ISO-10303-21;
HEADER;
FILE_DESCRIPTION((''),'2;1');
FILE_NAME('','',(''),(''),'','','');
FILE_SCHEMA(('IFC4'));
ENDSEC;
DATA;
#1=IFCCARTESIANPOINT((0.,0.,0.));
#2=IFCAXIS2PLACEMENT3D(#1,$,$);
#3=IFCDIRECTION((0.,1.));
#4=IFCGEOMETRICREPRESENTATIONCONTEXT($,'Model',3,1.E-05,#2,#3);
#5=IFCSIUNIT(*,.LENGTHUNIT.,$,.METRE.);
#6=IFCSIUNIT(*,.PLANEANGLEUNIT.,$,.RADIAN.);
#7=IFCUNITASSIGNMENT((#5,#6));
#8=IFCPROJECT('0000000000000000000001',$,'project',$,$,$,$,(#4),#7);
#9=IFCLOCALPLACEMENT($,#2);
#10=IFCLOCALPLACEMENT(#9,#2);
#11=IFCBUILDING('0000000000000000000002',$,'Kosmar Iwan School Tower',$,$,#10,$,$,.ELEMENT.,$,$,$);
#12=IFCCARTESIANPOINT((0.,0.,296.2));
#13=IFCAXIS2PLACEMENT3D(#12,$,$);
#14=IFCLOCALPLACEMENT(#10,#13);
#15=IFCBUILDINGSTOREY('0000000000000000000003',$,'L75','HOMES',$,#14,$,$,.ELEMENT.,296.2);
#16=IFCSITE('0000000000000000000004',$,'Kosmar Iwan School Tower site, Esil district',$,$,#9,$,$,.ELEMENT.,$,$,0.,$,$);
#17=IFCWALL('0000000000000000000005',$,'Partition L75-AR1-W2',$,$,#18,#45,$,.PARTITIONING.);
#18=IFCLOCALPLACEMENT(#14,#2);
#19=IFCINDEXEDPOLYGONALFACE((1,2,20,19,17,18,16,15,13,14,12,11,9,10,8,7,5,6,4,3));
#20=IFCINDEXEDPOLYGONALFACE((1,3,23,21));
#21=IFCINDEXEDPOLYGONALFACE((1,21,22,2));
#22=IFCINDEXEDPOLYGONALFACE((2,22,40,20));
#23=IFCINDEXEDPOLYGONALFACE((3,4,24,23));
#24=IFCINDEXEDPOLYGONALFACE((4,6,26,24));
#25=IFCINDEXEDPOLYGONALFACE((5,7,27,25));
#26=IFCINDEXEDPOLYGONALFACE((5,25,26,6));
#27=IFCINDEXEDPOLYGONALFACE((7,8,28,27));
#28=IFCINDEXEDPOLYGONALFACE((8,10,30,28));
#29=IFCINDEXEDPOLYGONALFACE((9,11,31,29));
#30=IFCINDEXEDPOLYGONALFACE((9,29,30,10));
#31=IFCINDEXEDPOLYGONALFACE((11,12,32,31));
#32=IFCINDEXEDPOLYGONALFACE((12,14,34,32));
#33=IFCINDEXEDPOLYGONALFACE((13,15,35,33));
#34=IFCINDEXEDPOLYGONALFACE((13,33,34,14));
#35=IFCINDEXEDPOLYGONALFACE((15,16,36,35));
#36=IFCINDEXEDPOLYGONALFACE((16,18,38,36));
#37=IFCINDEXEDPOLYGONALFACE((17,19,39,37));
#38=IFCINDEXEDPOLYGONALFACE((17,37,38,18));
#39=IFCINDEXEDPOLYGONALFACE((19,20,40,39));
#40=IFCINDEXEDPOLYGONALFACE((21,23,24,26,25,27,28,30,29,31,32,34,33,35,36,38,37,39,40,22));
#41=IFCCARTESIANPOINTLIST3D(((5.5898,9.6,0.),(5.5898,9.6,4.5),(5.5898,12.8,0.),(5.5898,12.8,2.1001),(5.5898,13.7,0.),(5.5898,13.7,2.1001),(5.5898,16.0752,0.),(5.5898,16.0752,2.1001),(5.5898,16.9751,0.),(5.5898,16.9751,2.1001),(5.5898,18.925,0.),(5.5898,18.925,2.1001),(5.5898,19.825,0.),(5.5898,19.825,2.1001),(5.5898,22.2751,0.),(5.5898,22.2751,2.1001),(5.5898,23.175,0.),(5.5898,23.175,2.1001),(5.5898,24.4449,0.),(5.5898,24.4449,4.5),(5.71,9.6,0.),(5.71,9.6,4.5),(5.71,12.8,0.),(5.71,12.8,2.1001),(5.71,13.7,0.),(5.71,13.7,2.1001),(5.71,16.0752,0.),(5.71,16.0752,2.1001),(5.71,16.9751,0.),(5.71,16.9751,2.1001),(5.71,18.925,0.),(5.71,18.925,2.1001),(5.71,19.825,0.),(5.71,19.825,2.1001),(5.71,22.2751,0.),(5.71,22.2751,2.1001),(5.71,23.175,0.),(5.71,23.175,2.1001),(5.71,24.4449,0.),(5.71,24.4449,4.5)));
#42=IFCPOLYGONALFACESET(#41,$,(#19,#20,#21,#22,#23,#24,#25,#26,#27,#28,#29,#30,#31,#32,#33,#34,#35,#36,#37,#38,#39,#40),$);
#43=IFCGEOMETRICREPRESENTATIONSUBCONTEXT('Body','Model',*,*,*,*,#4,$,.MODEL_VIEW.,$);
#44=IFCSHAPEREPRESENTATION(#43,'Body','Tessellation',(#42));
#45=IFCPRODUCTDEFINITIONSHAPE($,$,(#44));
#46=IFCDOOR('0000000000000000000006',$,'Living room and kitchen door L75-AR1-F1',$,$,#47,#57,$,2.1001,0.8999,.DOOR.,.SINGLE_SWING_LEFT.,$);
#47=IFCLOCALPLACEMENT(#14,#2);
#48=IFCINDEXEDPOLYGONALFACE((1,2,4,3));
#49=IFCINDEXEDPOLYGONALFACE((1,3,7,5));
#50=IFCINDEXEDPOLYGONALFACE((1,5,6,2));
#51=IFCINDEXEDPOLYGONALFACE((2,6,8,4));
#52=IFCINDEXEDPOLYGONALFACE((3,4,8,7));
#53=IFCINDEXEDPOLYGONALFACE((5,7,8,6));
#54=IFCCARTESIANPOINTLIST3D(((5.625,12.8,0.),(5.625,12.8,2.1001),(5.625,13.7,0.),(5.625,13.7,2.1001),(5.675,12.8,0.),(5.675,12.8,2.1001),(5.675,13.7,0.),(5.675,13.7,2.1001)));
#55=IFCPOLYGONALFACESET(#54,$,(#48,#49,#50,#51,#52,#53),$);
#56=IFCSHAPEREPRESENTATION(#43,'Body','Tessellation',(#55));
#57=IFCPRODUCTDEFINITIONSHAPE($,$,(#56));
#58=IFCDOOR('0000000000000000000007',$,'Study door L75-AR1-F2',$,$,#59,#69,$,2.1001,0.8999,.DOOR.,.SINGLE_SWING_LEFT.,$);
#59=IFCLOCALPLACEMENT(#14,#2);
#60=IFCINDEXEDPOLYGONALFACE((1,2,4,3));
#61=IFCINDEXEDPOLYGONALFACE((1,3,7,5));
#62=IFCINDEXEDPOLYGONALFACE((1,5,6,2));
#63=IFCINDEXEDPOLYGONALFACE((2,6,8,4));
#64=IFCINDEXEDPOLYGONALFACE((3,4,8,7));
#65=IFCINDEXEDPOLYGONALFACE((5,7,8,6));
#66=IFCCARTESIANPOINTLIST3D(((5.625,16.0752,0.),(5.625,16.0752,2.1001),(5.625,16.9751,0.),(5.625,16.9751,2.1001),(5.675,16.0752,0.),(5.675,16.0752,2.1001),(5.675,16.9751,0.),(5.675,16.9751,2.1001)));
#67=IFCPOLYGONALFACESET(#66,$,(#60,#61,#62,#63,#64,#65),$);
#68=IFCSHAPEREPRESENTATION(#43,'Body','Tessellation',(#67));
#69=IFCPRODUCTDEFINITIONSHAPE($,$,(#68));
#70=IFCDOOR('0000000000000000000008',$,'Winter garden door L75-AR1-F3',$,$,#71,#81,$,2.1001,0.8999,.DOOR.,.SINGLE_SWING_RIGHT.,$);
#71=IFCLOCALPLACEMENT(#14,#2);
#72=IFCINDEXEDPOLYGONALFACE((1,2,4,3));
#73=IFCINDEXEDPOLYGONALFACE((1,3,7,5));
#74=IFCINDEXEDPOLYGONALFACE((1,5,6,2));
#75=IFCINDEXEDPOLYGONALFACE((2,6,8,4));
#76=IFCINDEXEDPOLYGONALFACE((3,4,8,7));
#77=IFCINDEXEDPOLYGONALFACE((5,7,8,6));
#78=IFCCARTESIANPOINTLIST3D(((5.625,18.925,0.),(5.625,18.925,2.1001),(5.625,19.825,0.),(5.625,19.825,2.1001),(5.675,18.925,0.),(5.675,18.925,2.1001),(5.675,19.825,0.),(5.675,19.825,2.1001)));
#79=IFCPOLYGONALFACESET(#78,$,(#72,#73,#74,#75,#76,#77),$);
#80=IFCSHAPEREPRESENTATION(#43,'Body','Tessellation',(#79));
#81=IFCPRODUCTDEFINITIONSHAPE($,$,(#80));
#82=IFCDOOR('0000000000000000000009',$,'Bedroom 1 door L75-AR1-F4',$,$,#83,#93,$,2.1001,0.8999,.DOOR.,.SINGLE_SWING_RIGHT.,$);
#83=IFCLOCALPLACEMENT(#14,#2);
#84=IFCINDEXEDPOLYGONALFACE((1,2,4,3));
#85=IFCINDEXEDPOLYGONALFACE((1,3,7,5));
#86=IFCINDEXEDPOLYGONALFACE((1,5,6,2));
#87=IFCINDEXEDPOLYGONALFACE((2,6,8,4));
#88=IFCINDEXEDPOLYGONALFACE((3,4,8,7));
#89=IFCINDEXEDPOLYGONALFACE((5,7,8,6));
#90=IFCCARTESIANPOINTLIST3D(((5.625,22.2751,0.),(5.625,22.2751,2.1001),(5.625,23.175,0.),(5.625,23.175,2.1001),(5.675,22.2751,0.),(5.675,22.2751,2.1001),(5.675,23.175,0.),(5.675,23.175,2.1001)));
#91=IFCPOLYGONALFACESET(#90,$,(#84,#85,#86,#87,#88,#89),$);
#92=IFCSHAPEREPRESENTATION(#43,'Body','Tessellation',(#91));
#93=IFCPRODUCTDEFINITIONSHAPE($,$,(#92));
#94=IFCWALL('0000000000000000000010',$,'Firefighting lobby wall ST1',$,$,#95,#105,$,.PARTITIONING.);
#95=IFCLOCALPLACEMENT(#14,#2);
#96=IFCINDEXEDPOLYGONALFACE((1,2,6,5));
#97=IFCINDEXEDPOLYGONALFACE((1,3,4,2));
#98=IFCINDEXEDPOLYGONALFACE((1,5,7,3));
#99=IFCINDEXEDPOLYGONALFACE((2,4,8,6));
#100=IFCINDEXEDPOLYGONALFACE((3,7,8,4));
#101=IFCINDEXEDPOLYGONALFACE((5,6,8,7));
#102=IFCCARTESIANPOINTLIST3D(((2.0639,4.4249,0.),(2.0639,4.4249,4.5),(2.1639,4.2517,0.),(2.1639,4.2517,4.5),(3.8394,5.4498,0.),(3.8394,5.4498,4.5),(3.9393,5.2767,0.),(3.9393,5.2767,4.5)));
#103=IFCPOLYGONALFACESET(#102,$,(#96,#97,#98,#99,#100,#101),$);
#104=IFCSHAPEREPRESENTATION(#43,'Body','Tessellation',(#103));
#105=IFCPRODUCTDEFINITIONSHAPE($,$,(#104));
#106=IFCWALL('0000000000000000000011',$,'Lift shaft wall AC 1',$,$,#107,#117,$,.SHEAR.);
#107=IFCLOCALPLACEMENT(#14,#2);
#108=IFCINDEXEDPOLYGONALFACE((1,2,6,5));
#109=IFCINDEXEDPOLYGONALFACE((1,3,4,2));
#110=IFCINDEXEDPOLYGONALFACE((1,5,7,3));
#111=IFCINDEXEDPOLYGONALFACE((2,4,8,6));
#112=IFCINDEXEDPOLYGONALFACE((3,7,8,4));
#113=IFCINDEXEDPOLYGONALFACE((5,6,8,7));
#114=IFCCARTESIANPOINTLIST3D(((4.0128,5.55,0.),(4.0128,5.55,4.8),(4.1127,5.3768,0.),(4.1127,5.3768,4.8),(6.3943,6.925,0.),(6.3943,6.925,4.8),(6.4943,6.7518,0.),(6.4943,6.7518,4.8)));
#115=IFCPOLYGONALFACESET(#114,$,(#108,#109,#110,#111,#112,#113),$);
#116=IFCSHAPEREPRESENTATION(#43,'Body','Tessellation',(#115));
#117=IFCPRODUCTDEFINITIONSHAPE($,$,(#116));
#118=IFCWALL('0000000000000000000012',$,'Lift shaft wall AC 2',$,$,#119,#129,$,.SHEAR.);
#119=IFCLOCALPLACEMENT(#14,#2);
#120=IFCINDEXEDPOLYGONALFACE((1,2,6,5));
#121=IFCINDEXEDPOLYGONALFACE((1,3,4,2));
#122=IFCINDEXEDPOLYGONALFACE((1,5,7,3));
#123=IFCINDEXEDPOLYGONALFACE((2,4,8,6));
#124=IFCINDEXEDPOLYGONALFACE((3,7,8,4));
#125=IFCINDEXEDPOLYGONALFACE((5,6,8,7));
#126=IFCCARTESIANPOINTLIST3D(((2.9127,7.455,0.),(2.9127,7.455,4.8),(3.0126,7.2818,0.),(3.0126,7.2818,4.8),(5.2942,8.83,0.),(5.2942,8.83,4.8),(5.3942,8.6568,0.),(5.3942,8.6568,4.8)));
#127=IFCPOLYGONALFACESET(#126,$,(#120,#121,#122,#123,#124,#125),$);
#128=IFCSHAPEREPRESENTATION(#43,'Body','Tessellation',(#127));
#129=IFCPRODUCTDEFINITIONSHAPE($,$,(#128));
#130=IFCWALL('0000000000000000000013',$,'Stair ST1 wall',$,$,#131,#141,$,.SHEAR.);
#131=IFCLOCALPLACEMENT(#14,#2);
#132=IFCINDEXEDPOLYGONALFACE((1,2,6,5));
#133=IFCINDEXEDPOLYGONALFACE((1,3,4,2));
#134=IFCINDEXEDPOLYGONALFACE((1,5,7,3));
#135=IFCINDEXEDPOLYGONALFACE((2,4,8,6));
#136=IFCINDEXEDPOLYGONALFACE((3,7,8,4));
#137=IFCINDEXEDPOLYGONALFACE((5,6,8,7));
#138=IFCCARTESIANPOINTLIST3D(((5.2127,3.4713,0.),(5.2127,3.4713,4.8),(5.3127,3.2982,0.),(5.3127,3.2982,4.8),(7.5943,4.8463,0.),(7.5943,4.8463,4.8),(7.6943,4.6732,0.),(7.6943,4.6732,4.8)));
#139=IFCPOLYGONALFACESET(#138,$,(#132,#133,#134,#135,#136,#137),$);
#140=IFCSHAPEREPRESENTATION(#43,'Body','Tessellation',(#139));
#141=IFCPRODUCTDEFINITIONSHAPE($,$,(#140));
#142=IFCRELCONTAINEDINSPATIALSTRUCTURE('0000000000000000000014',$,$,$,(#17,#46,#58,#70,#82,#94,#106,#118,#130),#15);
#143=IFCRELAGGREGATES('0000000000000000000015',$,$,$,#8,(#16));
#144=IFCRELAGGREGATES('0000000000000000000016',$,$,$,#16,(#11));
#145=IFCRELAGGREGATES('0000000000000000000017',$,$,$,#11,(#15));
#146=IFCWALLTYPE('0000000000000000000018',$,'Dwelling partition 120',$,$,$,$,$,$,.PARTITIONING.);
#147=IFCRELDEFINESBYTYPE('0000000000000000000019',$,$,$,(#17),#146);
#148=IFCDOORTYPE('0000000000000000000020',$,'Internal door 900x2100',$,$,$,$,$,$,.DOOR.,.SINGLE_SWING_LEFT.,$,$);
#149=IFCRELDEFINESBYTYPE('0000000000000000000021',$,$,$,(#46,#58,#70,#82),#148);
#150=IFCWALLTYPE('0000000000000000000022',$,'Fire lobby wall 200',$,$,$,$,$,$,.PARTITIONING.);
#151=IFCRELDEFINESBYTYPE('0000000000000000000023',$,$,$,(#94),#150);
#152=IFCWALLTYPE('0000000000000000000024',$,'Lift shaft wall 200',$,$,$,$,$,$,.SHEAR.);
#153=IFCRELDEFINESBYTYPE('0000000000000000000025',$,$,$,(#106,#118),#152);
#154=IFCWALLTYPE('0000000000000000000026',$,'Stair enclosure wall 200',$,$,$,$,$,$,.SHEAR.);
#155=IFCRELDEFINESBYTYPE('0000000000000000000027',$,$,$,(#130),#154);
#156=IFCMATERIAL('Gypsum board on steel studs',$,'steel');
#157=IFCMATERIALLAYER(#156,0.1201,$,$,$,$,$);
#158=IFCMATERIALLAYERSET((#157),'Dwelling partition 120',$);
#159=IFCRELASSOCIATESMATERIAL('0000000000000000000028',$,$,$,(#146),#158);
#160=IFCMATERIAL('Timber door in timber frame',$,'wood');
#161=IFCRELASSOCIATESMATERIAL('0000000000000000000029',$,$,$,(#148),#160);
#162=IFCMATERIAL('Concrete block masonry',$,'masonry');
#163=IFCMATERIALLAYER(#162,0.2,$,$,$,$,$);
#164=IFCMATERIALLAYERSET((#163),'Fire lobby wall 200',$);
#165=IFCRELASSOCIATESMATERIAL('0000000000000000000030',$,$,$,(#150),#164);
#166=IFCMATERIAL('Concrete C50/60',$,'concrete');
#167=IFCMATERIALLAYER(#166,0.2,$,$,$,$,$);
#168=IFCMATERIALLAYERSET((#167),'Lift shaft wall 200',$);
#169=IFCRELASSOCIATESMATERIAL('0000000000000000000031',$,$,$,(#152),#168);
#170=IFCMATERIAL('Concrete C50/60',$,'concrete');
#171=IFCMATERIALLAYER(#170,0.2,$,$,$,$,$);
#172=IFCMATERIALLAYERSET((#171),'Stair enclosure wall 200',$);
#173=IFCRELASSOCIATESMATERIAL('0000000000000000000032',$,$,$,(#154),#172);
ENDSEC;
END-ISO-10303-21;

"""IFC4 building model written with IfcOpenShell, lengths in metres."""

from ifc_helpers import new_model, si_unit, direction, frame, frame_2d, origin, place, context, subcontext, project, spatial, rectangle, extrude, material, layer, layer_set, type_object, element, fill, save


model = new_model("IFC4")

# Units and contexts
model_context = context("Model", 3, precision=1e-05, world=origin(), true_north=direction((0.0, 1.0)))
body_context = subcontext(model_context, "Body", "Model", "MODEL_VIEW")
ifc_project = project(units=[si_unit("LENGTHUNIT", "METRE"), si_unit("PLANEANGLEUNIT", "RADIAN")], contexts=[model_context])

# Site, building, storey
site_placement = place(None, origin())
site = spatial("IfcSite", under=ifc_project, at=site_placement, Name="Kosmar Iwan School Tower site, Esil district", CompositionType="ELEMENT", RefElevation=0.0)
building_placement = place(site_placement, origin())
building = spatial("IfcBuilding", under=site, at=building_placement, Name="Kosmar Iwan School Tower", CompositionType="ELEMENT")
storey_placement = place(building_placement, frame((0.0, 0.0, 296.2)))
storey = spatial("IfcBuildingStorey", under=building, at=storey_placement, Name="L75", Description="HOMES", CompositionType="ELEMENT", Elevation=296.2)

# Wall, openings, doors
ifc_material_1 = material(Name="Gypsum board on steel studs", Category="steel")
ifc_layer_1 = layer(ifc_material_1, 0.1201)
ifc_layer_set_1 = layer_set([ifc_layer_1], Name="Dwelling partition 120")
wall_type_1 = type_object("IfcWallType", Name="Dwelling partition 120", PredefinedType="PARTITIONING", material=ifc_layer_set_1)
ifc_material_2 = material(Name="Timber door in timber frame", Category="wood")
door_type_1 = type_object("IfcDoorType", Name="Internal door 900x2100", OperationType="SINGLE_SWING_LEFT", PredefinedType="DOOR", material=ifc_material_2)
wall_1_placement = place(storey_placement, frame((5.6499, 9.6001, 0.0), z_axis=(0.0, 0.0, 1.0), x_axis=(0.0, 1.0, 0.0)))
wall_1 = element("IfcWall", 1, at=wall_1_placement, inside=storey, type_object=wall_type_1, Name="Partition L75-AR1-W2", PredefinedType="PARTITIONING", context=body_context, shape_type="SweptSolid", body=[
    extrude(rectangle(XDim=14.845, YDim=0.1201, at=frame_2d((7.4224, 0.0))), origin(), (0.0, 0.0, 1.0), 4.5),
])
opening_1_placement = place(wall_1_placement, frame((3.2, 0.0, 0.0)))
opening_1 = element("IfcOpeningElement", 2, at=opening_1_placement, cuts=wall_1, PredefinedType="OPENING", context=body_context, shape_type="SweptSolid", body=[
    extrude(rectangle(XDim=0.8999, YDim=2.1001, at=frame_2d((0.45, 1.05))), frame((0.0, 0.072, 0.0), z_axis=(0.0, -1.0, 0.0), x_axis=(1.0, 0.0, 0.0)), (0.0, 0.0, 1.0), 0.144),
])
opening_2_placement = place(wall_1_placement, frame((6.4751, 0.0, 0.0)))
opening_2 = element("IfcOpeningElement", 3, at=opening_2_placement, cuts=wall_1, PredefinedType="OPENING", context=body_context, shape_type="SweptSolid", body=[
    extrude(rectangle(XDim=0.8999, YDim=2.1001, at=frame_2d((0.45, 1.05))), frame((0.0, 0.072, 0.0), z_axis=(0.0, -1.0, 0.0), x_axis=(1.0, 0.0, 0.0)), (0.0, 0.0, 1.0), 0.144),
])
opening_3_placement = place(wall_1_placement, frame((9.325, 0.0, 0.0)))
opening_3 = element("IfcOpeningElement", 4, at=opening_3_placement, cuts=wall_1, PredefinedType="OPENING", context=body_context, shape_type="SweptSolid", body=[
    extrude(rectangle(XDim=0.8999, YDim=2.1001, at=frame_2d((0.45, 1.05))), frame((0.0, 0.072, 0.0), z_axis=(0.0, -1.0, 0.0), x_axis=(1.0, 0.0, 0.0)), (0.0, 0.0, 1.0), 0.144),
])
opening_4_placement = place(wall_1_placement, frame((12.675, 0.0, 0.0)))
opening_4 = element("IfcOpeningElement", 5, at=opening_4_placement, cuts=wall_1, PredefinedType="OPENING", context=body_context, shape_type="SweptSolid", body=[
    extrude(rectangle(XDim=0.8999, YDim=2.1001, at=frame_2d((0.45, 1.05))), frame((0.0, 0.072, 0.0), z_axis=(0.0, -1.0, 0.0), x_axis=(1.0, 0.0, 0.0)), (0.0, 0.0, 1.0), 0.144),
])
door_1_placement = place(opening_1_placement, origin())
door_1 = element("IfcDoor", 6, at=door_1_placement, inside=storey, type_object=door_type_1, Name="Living room and kitchen door L75-AR1-F1", OperationType="SINGLE_SWING_LEFT", OverallHeight=2.1001, OverallWidth=0.8999, PredefinedType="DOOR", context=body_context, shape_type="SweptSolid", body=[
    extrude(rectangle(XDim=0.8999, YDim=2.1001, at=frame_2d((0.45, 1.05))), frame((0.0, 0.0249, 0.0), z_axis=(0.0, -1.0, 0.0), x_axis=(1.0, 0.0, 0.0)), (0.0, 0.0, 1.0), 0.05),
])
fill(opening_1, door_1)
door_2_placement = place(opening_2_placement, origin())
door_2 = element("IfcDoor", 7, at=door_2_placement, inside=storey, type_object=door_type_1, Name="Study door L75-AR1-F2", OperationType="SINGLE_SWING_LEFT", OverallHeight=2.1001, OverallWidth=0.8999, PredefinedType="DOOR", context=body_context, shape_type="SweptSolid", body=[
    extrude(rectangle(XDim=0.8999, YDim=2.1001, at=frame_2d((0.45, 1.05))), frame((0.0, 0.0249, 0.0), z_axis=(0.0, -1.0, 0.0), x_axis=(1.0, 0.0, 0.0)), (0.0, 0.0, 1.0), 0.05),
])
fill(opening_2, door_2)
door_3_placement = place(opening_3_placement, origin())
door_3 = element("IfcDoor", 8, at=door_3_placement, inside=storey, type_object=door_type_1, Name="Winter garden door L75-AR1-F3", OperationType="SINGLE_SWING_RIGHT", OverallHeight=2.1001, OverallWidth=0.8999, PredefinedType="DOOR", context=body_context, shape_type="SweptSolid", body=[
    extrude(rectangle(XDim=0.8999, YDim=2.1001, at=frame_2d((0.45, 1.05))), frame((0.0, 0.0249, 0.0), z_axis=(0.0, -1.0, 0.0), x_axis=(1.0, 0.0, 0.0)), (0.0, 0.0, 1.0), 0.05),
])
fill(opening_3, door_3)
door_4_placement = place(opening_4_placement, origin())
door_4 = element("IfcDoor", 9, at=door_4_placement, inside=storey, type_object=door_type_1, Name="Bedroom 1 door L75-AR1-F4", OperationType="SINGLE_SWING_RIGHT", OverallHeight=2.1001, OverallWidth=0.8999, PredefinedType="DOOR", context=body_context, shape_type="SweptSolid", body=[
    extrude(rectangle(XDim=0.8999, YDim=2.1001, at=frame_2d((0.45, 1.05))), frame((0.0, 0.0249, 0.0), z_axis=(0.0, -1.0, 0.0), x_axis=(1.0, 0.0, 0.0)), (0.0, 0.0, 1.0), 0.05),
])
fill(opening_4, door_4)

# Walls
ifc_material_3 = material(Name="Concrete block masonry", Category="masonry")
ifc_layer_2 = layer(ifc_material_3, 0.2)
ifc_layer_set_2 = layer_set([ifc_layer_2], Name="Fire lobby wall 200")
wall_type_2 = type_object("IfcWallType", Name="Fire lobby wall 200", PredefinedType="PARTITIONING", material=ifc_layer_set_2)
wall_2_placement = place(storey_placement, frame((2.114, 4.3384, 0.0), z_axis=(0.0, 0.0, 1.0), x_axis=(0.866051, 0.499956, 0.0)))
element("IfcWall", 10, at=wall_2_placement, inside=storey, type_object=wall_type_2, Name="Firefighting lobby wall ST1", PredefinedType="PARTITIONING", context=body_context, shape_type="SweptSolid", body=[
    extrude(rectangle(XDim=2.05, YDim=0.2, at=frame_2d((1.0249, 0.0))), origin(), (0.0, 0.0, 1.0), 4.5),
])
ifc_material_4 = material(Name="Concrete C50/60", Category="concrete")
ifc_layer_3 = layer(ifc_material_4, 0.2)
ifc_layer_set_3 = layer_set([ifc_layer_3], Name="Lift shaft wall 200")
wall_type_3 = type_object("IfcWallType", Name="Lift shaft wall 200", PredefinedType="SHEAR", material=ifc_layer_set_3)
for number, where, z_axis, x_axis, name in (
    (11, (4.0627, 5.4634, 0.0), (0.0, 0.0, 1.0), (0.866027, 0.499997, 0.0), "Lift shaft wall AC 1"),
    (12, (2.9626, 7.3684, 0.0), (0.0, 0.0, 1.0), (0.866027, 0.499997, 0.0), "Lift shaft wall AC 2"),
):
    element("IfcWall", number, at=place(storey_placement, frame(where, z_axis=z_axis, x_axis=x_axis)), inside=storey, type_object=wall_type_3, Name=name, PredefinedType="SHEAR", context=body_context, shape_type="SweptSolid", body=[
        extrude(rectangle(XDim=2.75, YDim=0.2, at=frame_2d((1.375, 0.0))), origin(), (0.0, 0.0, 1.0), 4.8),
    ])
ifc_material_5 = material(Name="Concrete C50/60", Category="concrete")
ifc_layer_4 = layer(ifc_material_5, 0.2)
ifc_layer_set_4 = layer_set([ifc_layer_4], Name="Stair enclosure wall 200")
wall_type_4 = type_object("IfcWallType", Name="Stair enclosure wall 200", PredefinedType="SHEAR", material=ifc_layer_set_4)
wall_3_placement = place(storey_placement, frame((5.2627, 3.3848, 0.0), z_axis=(0.0, 0.0, 1.0), x_axis=(0.866027, 0.499997, 0.0)))
element("IfcWall", 13, at=wall_3_placement, inside=storey, type_object=wall_type_4, Name="Stair ST1 wall", PredefinedType="SHEAR", context=body_context, shape_type="SweptSolid", body=[
    extrude(rectangle(XDim=2.75, YDim=0.2, at=frame_2d((1.375, 0.0))), origin(), (0.0, 0.0, 1.0), 4.8),
])

save(model, "model.ifc")
